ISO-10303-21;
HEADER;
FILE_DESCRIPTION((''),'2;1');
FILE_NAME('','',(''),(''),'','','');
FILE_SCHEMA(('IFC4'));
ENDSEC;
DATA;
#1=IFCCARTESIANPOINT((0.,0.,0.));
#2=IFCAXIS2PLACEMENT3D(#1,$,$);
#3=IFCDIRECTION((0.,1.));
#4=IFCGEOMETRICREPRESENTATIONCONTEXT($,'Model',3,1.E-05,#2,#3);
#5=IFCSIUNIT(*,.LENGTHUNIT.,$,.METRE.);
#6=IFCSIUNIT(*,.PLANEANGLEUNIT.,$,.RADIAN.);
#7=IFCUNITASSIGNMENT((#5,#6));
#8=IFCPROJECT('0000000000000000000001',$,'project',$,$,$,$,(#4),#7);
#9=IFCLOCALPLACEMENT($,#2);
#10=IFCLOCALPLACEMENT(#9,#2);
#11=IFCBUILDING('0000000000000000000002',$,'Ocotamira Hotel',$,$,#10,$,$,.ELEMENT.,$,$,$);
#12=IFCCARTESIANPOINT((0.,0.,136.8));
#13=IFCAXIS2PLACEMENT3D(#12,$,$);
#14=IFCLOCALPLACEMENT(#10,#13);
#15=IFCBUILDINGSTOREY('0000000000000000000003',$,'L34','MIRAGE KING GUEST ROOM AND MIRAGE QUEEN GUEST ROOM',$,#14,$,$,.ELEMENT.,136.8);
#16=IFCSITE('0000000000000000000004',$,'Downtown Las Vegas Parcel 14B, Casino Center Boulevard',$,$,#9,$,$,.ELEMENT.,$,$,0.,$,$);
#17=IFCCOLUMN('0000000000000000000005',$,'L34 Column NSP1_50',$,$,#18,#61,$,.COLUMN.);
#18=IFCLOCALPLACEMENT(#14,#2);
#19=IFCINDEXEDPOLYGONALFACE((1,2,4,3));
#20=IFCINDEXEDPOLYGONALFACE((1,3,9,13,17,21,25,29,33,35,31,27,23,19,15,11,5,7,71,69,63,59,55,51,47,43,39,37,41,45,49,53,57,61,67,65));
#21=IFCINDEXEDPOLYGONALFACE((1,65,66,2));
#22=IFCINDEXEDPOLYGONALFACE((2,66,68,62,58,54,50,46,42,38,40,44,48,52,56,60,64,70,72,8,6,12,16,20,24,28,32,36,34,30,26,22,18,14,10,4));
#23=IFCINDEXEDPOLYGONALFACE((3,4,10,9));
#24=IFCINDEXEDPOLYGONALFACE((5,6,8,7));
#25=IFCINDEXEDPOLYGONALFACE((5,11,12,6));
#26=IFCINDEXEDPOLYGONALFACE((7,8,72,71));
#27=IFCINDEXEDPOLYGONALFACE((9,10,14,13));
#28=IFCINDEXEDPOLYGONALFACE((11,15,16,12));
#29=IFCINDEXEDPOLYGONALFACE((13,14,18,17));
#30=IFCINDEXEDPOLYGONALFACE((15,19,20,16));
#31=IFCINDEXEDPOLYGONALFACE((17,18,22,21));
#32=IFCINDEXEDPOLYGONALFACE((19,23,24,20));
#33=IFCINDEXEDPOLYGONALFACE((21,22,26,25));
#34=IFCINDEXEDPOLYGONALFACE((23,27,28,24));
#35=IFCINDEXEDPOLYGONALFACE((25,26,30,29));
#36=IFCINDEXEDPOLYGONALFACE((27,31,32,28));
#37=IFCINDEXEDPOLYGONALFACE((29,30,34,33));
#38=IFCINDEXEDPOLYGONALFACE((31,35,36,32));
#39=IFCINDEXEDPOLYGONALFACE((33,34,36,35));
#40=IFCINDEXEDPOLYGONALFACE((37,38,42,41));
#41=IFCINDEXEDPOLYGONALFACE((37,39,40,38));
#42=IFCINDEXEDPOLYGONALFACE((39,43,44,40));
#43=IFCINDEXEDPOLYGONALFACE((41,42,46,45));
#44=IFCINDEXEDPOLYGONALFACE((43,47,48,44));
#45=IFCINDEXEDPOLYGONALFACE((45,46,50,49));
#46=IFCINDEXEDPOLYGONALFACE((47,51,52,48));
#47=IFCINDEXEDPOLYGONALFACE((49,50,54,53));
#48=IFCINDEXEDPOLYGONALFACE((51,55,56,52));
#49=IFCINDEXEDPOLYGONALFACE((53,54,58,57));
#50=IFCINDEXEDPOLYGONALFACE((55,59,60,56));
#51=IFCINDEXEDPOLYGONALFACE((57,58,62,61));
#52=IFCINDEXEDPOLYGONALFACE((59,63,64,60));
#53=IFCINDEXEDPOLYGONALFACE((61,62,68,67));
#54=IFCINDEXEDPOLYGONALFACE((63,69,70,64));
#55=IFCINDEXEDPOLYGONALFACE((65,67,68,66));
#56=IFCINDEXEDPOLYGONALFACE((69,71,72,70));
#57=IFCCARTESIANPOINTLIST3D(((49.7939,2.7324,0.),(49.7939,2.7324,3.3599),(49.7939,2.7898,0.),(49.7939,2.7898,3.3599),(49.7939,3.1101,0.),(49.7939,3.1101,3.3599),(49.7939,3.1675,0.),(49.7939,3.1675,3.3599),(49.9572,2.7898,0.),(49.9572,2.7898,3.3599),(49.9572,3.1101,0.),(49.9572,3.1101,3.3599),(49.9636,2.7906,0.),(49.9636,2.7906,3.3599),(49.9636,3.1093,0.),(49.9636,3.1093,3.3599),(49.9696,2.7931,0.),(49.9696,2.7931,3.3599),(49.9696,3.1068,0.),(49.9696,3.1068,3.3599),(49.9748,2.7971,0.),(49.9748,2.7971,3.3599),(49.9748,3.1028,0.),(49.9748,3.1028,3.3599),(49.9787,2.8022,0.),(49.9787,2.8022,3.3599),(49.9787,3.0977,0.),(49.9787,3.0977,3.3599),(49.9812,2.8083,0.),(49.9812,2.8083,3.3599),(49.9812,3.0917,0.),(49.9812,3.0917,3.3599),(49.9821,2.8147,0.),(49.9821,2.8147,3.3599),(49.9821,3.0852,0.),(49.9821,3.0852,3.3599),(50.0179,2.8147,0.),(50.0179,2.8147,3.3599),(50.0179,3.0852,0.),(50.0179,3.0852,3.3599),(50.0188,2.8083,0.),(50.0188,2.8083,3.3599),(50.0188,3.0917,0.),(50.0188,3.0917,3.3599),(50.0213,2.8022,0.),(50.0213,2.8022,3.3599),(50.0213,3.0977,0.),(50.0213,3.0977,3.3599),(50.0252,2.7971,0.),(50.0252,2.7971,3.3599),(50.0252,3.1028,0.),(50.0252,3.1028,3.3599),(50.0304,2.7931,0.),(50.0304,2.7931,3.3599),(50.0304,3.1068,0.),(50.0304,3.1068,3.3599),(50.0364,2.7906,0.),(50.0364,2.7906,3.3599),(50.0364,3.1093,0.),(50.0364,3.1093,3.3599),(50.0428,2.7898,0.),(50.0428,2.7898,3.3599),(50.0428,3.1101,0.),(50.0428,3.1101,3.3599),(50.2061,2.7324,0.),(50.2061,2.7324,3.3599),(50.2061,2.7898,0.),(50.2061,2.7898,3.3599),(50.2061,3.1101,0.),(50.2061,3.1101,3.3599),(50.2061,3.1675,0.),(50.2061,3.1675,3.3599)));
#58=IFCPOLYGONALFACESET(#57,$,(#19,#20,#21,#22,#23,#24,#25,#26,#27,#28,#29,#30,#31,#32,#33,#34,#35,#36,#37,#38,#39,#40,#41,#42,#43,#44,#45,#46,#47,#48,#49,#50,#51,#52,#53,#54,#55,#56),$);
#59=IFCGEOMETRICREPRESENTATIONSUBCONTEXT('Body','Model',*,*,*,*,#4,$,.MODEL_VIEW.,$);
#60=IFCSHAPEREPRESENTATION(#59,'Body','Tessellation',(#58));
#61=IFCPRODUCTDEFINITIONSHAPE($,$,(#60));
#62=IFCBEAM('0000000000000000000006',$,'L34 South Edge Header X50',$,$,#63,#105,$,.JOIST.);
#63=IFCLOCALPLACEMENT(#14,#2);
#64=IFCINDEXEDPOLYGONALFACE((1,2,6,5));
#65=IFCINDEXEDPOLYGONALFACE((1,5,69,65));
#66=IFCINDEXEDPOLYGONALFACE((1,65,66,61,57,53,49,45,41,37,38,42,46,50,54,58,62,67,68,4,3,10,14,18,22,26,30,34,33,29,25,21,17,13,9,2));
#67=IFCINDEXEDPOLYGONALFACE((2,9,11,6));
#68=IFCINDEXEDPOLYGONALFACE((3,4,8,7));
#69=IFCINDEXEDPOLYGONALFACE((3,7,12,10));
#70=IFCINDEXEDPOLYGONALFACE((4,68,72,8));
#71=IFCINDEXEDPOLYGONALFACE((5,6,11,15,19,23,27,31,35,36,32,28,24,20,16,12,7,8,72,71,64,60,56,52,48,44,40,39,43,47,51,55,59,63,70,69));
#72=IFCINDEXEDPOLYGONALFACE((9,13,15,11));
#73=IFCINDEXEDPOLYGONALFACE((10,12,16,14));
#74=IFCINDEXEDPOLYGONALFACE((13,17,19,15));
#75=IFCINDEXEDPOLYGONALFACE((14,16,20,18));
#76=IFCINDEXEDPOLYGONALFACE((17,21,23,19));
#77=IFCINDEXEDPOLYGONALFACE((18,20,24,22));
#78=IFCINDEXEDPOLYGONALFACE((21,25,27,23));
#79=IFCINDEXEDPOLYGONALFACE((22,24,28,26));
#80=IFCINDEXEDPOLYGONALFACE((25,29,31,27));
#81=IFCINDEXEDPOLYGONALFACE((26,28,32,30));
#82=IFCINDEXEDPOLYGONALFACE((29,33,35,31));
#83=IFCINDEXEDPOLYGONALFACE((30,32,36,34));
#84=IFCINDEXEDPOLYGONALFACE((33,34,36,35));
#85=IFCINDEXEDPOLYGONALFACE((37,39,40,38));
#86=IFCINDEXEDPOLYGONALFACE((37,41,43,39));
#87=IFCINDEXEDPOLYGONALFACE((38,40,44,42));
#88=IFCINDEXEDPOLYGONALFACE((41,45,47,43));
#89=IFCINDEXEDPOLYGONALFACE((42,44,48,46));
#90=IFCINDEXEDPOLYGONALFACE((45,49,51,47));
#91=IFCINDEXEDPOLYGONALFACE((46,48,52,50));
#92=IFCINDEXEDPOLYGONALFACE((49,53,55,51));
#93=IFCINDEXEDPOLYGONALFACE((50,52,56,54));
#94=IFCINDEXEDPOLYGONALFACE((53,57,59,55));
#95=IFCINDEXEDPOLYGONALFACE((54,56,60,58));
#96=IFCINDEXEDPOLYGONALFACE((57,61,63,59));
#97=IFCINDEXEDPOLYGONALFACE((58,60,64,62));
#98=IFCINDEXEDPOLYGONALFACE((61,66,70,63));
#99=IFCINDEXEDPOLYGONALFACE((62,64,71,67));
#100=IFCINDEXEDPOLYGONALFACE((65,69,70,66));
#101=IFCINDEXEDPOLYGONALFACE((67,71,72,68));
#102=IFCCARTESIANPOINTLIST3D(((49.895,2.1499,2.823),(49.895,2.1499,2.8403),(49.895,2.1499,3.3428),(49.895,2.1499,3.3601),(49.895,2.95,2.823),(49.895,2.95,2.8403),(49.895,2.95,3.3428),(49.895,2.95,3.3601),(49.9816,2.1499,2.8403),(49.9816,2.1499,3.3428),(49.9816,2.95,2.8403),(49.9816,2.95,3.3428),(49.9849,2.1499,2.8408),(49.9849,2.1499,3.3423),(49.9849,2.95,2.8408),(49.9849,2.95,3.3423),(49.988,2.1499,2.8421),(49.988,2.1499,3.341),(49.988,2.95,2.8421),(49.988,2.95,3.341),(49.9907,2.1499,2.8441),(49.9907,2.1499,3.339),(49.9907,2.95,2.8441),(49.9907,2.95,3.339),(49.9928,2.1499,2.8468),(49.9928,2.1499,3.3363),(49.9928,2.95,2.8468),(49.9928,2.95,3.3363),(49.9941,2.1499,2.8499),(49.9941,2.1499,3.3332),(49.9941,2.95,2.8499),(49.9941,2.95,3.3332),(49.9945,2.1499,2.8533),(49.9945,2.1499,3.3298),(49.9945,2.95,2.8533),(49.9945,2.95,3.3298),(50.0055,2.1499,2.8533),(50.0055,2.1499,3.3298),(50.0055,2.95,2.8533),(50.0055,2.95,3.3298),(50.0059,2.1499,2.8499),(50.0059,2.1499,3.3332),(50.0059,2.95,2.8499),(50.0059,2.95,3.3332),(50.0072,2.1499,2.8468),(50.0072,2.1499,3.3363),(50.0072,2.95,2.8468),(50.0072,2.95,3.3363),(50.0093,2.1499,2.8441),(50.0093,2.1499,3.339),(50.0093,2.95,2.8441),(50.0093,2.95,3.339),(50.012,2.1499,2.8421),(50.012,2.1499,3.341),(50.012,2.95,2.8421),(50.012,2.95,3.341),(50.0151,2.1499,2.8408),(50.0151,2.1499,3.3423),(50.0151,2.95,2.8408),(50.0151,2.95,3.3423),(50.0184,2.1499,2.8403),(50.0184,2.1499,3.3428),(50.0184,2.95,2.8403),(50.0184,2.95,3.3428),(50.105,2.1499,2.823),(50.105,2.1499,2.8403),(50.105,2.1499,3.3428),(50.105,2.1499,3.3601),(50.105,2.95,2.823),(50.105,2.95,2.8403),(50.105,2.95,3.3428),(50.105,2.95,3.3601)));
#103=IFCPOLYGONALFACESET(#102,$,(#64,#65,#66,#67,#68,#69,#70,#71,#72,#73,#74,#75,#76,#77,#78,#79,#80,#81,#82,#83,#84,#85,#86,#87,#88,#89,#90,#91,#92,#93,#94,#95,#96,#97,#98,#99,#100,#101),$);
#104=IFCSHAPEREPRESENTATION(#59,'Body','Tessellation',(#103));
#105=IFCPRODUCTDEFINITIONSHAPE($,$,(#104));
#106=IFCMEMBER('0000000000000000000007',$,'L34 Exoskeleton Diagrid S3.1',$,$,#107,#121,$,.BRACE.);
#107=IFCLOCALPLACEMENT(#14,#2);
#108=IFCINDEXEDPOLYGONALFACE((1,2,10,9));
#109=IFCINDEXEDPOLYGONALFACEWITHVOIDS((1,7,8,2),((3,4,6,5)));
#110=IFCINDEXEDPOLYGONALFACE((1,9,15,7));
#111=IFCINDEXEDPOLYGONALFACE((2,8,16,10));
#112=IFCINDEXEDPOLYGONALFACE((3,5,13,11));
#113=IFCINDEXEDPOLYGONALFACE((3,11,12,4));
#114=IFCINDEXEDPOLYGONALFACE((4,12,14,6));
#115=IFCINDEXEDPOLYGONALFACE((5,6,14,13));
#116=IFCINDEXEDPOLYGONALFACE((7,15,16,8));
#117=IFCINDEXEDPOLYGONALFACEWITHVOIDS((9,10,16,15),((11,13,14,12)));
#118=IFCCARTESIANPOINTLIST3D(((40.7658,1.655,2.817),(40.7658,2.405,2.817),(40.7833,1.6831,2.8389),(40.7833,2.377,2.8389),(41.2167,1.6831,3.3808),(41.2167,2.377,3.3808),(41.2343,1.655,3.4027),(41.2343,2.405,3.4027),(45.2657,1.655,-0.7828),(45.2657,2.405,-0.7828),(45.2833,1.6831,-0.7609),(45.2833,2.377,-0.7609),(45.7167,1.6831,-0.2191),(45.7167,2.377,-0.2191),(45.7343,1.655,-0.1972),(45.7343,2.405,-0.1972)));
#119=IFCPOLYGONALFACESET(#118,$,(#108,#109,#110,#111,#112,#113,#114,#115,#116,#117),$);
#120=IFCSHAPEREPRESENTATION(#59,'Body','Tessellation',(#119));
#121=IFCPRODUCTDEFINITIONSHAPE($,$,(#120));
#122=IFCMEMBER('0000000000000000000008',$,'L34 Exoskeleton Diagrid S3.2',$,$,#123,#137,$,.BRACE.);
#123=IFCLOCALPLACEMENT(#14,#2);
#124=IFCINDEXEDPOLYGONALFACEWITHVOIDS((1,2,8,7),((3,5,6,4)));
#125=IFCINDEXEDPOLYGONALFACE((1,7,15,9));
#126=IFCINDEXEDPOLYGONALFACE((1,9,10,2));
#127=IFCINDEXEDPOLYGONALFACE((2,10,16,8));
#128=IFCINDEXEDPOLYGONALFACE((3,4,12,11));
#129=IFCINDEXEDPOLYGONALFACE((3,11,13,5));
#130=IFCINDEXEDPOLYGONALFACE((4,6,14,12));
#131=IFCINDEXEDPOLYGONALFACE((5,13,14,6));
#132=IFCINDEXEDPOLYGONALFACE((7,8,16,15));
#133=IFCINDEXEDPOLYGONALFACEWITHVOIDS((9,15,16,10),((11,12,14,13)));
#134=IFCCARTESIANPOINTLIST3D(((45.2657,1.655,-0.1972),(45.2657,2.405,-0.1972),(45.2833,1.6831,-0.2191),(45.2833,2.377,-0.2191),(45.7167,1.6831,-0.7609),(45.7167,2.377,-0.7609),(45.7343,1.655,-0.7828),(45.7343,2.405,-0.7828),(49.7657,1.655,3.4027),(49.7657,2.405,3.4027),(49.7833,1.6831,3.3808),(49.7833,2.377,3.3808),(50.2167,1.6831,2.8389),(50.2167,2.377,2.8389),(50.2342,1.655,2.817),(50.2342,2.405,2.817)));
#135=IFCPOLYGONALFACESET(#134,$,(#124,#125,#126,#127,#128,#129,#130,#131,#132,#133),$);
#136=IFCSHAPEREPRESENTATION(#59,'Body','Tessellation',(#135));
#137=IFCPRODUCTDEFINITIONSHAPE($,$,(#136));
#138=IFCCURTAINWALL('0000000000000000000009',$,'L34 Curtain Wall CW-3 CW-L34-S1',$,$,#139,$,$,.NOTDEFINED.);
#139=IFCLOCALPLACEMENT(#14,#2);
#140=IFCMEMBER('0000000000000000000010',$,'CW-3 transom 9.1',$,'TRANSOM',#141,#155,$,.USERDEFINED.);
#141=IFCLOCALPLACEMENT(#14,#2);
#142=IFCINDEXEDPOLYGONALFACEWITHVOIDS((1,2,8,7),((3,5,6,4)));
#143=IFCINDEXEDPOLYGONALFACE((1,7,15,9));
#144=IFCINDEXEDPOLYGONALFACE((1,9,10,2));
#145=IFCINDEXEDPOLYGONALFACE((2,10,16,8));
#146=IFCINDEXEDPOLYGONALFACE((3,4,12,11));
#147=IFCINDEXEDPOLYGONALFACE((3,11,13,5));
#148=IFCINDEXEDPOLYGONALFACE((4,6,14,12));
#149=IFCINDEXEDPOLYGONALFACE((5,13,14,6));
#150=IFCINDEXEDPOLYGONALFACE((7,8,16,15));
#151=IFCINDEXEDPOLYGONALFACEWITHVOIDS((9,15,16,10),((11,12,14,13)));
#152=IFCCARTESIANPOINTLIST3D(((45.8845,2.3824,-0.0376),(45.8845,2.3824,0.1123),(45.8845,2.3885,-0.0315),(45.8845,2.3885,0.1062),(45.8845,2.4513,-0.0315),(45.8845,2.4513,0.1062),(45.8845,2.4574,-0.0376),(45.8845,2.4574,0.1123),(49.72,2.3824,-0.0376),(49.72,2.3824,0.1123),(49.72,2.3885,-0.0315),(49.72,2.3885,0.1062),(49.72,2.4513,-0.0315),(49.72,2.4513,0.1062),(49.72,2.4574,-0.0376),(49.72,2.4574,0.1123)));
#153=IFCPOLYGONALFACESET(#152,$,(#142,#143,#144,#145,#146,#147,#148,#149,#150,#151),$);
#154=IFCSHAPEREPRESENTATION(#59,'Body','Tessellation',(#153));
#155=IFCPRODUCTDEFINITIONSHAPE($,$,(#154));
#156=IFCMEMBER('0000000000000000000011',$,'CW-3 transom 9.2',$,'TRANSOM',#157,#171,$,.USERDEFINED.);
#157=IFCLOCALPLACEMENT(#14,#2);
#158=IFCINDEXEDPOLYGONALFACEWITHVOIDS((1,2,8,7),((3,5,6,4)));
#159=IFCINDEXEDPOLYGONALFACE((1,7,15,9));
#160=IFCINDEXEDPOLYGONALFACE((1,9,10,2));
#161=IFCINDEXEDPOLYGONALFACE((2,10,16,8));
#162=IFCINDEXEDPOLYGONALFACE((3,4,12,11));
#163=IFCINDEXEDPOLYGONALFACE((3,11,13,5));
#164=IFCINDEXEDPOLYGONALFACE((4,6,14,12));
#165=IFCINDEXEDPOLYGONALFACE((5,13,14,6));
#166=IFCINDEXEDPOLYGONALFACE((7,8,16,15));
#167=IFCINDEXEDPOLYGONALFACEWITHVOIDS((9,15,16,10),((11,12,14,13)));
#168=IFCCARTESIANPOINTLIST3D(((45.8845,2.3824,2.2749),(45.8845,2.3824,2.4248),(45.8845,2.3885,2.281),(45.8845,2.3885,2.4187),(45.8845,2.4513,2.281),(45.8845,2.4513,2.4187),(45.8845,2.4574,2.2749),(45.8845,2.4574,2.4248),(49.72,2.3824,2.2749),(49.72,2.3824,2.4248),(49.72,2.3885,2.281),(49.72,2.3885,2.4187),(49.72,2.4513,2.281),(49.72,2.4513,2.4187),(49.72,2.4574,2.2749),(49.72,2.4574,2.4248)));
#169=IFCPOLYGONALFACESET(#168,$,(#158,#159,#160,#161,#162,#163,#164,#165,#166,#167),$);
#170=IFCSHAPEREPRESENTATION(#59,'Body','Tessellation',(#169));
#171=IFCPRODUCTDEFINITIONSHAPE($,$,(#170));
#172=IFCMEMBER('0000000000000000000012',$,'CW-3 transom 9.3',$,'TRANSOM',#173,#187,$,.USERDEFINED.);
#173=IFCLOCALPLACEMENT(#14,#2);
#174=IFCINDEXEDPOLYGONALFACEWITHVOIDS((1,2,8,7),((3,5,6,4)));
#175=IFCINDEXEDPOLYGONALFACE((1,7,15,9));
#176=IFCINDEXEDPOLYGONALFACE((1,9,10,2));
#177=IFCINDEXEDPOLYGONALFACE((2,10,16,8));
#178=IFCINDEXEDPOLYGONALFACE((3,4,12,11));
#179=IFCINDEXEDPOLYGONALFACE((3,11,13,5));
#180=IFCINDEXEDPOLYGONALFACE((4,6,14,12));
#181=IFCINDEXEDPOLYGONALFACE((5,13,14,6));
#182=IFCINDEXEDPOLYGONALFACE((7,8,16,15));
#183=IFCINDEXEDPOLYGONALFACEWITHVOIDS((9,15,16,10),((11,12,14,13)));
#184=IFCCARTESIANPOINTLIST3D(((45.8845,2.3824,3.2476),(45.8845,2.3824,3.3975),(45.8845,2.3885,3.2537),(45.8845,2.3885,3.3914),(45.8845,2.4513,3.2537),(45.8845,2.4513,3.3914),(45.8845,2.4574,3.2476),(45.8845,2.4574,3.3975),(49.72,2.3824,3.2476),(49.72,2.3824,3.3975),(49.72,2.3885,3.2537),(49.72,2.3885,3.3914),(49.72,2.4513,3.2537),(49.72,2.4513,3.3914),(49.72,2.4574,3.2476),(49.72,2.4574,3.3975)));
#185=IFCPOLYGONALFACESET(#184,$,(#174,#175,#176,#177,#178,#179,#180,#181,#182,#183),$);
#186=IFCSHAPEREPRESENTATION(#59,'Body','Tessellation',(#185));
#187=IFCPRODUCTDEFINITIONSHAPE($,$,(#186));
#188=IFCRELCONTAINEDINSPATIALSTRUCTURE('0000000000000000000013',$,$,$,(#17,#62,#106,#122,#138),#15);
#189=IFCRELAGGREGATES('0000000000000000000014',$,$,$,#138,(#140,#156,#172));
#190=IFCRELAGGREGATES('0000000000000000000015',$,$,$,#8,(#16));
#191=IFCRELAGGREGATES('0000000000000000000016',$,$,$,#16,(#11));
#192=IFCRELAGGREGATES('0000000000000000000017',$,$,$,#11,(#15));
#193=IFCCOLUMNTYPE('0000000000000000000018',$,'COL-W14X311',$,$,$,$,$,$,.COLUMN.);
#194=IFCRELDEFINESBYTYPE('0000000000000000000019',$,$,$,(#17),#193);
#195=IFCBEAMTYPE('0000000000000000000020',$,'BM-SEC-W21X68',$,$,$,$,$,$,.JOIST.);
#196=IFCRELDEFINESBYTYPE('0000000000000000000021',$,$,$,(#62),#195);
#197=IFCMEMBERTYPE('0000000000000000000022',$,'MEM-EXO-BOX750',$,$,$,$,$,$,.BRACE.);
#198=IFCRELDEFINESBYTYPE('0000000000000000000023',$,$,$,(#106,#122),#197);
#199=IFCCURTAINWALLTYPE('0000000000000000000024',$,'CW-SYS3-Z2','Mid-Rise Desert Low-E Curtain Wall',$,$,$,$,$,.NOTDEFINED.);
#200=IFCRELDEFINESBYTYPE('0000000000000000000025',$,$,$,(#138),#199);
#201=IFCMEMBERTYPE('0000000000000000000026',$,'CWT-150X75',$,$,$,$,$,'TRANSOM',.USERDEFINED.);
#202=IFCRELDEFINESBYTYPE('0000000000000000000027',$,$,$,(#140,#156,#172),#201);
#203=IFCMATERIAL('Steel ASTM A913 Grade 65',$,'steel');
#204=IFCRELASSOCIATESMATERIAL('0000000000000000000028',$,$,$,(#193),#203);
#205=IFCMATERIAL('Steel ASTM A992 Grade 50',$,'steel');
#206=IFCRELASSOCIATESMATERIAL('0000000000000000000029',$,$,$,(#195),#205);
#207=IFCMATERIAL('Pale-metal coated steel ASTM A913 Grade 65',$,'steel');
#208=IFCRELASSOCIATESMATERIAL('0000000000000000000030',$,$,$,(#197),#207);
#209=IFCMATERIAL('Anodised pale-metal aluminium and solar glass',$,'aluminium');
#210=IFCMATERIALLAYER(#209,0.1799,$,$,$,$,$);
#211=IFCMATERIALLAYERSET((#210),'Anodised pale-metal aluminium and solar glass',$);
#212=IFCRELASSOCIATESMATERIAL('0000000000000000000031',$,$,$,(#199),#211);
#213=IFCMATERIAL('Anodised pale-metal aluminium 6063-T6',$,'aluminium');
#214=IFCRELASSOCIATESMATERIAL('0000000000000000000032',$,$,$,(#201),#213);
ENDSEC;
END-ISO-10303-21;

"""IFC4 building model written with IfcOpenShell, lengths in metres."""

from ifc_helpers import new_model, si_unit, direction, frame, origin, origin_2d, place, context, subcontext, project, spatial, hollow_rectangle, i_section, extrude, source, transform, mapped, material, layer, layer_set, material_profile, profile_set, type_object, element, aggregate, save


model = new_model("IFC4")

# Units and contexts
model_context = context("Model", 3, precision=1e-05, world=origin(), true_north=direction((0.0, 1.0)))
body_context = subcontext(model_context, "Body", "Model", "MODEL_VIEW")
ifc_project = project(units=[si_unit("LENGTHUNIT", "METRE"), si_unit("PLANEANGLEUNIT", "RADIAN")], contexts=[model_context])

# Site, building, storey
site_placement = place(None, origin())
site = spatial("IfcSite", under=ifc_project, at=site_placement, Name="Downtown Las Vegas Parcel 14B, Casino Center Boulevard", CompositionType="ELEMENT", RefElevation=0.0)
building_placement = place(site_placement, origin())
building = spatial("IfcBuilding", under=site, at=building_placement, Name="Ocotamira Hotel", CompositionType="ELEMENT")
storey_placement = place(building_placement, frame((0.0, 0.0, 136.8)))
storey = spatial("IfcBuildingStorey", under=building, at=storey_placement, Name="L34", Description="MIRAGE KING GUEST ROOM AND MIRAGE QUEEN GUEST ROOM", CompositionType="ELEMENT", Elevation=136.8)

# Column
ifc_material_1 = material(Name="Steel ASTM A913 Grade 65", Category="steel")
ifc_material_profile_1 = material_profile(ifc_material_1, i_section(OverallWidth=0.4121, OverallDepth=0.4351, WebThickness=0.0359, FlangeThickness=0.0574, FilletRadius=0.0249, at=origin_2d()), Name="W14X311")
ifc_profile_set_1 = profile_set([ifc_material_profile_1], Name="Steel ASTM A913 Grade 65")
column_type = type_object("IfcColumnType", Name="COL-W14X311", PredefinedType="COLUMN", material=ifc_profile_set_1)
shared_shape_1 = source(origin(), body_context, "Body", "SweptSolid", [
    extrude(i_section(OverallWidth=0.4121, OverallDepth=0.4351, WebThickness=0.0359, FlangeThickness=0.0574, FilletRadius=0.0249, at=origin_2d()), origin(), (0.0, 0.0, 1.0), 3.3599),
])
column_placement = place(storey_placement, frame((50.0, 2.95, 0.0), z_axis=(0.0, 0.0, 1.0), x_axis=(1.0, 0.0, 0.0)))
element("IfcColumn", 1, at=column_placement, inside=storey, type_object=column_type, Name="L34 Column NSP1_50", PredefinedType="COLUMN", context=body_context, shape_type="MappedRepresentation", body=[
    mapped(shared_shape_1, transform((0.0, 0.0, 0.0), scale=1.0)),
])

# Beam
ifc_material_2 = material(Name="Steel ASTM A992 Grade 50", Category="steel")
ifc_material_profile_2 = material_profile(ifc_material_2, i_section(OverallWidth=0.21, OverallDepth=0.5371, WebThickness=0.011, FlangeThickness=0.0173, FilletRadius=0.0129, at=origin_2d()), Name="W21X68")
ifc_profile_set_2 = profile_set([ifc_material_profile_2], Name="Steel ASTM A992 Grade 50")
beam_type = type_object("IfcBeamType", Name="BM-SEC-W21X68", PredefinedType="JOIST", material=ifc_profile_set_2)
shared_shape_2 = source(origin(), body_context, "Body", "SweptSolid", [
    extrude(i_section(OverallWidth=0.21, OverallDepth=0.5371, WebThickness=0.011, FlangeThickness=0.0173, FilletRadius=0.0129, at=origin_2d()), origin(), (0.0, 0.0, 1.0), 0.8),
])
beam_placement = place(storey_placement, frame((50.0, 2.95, 3.0916), z_axis=(0.0, -1.0, 0.0), x_axis=(1.0, 0.0, 0.0)))
element("IfcBeam", 2, at=beam_placement, inside=storey, type_object=beam_type, Name="L34 South Edge Header X50", PredefinedType="JOIST", context=body_context, shape_type="MappedRepresentation", body=[
    mapped(shared_shape_2, transform((0.0, 0.0, 0.0), scale=1.0)),
])

# Members
ifc_material_3 = material(Name="Pale-metal coated steel ASTM A913 Grade 65", Category="steel")
ifc_material_profile_3 = material_profile(ifc_material_3, hollow_rectangle(XDim=0.75, YDim=0.75, WallThickness=0.0281, at=origin_2d()), Name="BOX750X750X28")
ifc_profile_set_3 = profile_set([ifc_material_profile_3], Name="Pale-metal coated steel ASTM A913 Grade 65")
member_type_1 = type_object("IfcMemberType", Name="MEM-EXO-BOX750", PredefinedType="BRACE", material=ifc_profile_set_3)
shared_shape_3 = source(origin(), body_context, "Body", "SweptSolid", [
    extrude(hollow_rectangle(XDim=0.75, YDim=0.75, WallThickness=0.0281, at=origin_2d()), origin(), (0.0, 0.0, 1.0), 5.7627),
])
for number, where, z_axis, x_axis, name in (
    (3, (45.5, 2.03, -0.49), (-0.780881, 0.0, 0.62468), (0.0, -1.0, 0.0), "L34 Exoskeleton Diagrid S3.1"),
    (4, (45.5, 2.03, -0.49), (0.780881, 0.0, 0.62468), (0.0, 1.0, 0.0), "L34 Exoskeleton Diagrid S3.2"),
):
    element("IfcMember", number, at=place(storey_placement, frame(where, z_axis=z_axis, x_axis=x_axis)), inside=storey, type_object=member_type_1, Name=name, PredefinedType="BRACE", context=body_context, shape_type="MappedRepresentation", body=[
        mapped(shared_shape_3, transform((0.0, 0.0, 0.0), scale=1.0)),
    ])

# Curtain wall, members
ifc_material_4 = material(Name="Anodised pale-metal aluminium and solar glass", Category="aluminium")
ifc_layer_1 = layer(ifc_material_4, 0.1799)
ifc_layer_set_1 = layer_set([ifc_layer_1], Name="Anodised pale-metal aluminium and solar glass")
curtain_wall_type = type_object("IfcCurtainWallType", Name="CW-SYS3-Z2", Description="Mid-Rise Desert Low-E Curtain Wall", PredefinedType="NOTDEFINED", material=ifc_layer_set_1)
curtain_wall_placement = place(storey_placement, origin())
curtain_wall = element("IfcCurtainWall", 5, at=curtain_wall_placement, inside=storey, type_object=curtain_wall_type, Name="L34 Curtain Wall CW-3 CW-L34-S1", PredefinedType="NOTDEFINED")
ifc_material_5 = material(Name="Anodised pale-metal aluminium 6063-T6", Category="aluminium")
ifc_material_profile_4 = material_profile(ifc_material_5, hollow_rectangle(XDim=0.075, YDim=0.1499, WallThickness=0.0061, at=origin_2d()), Name="HSS150X75X6")
ifc_profile_set_4 = profile_set([ifc_material_profile_4], Name="Anodised pale-metal aluminium 6063-T6")
member_type_2 = type_object("IfcMemberType", Name="CWT-150X75", ElementType="TRANSOM", PredefinedType="USERDEFINED", material=ifc_profile_set_4)
shared_shape_4 = source(origin(), body_context, "Body", "SweptSolid", [
    extrude(hollow_rectangle(XDim=0.075, YDim=0.1499, WallThickness=0.0061, at=origin_2d()), origin(), (0.0, 0.0, 1.0), 3.8354),
])
member_1_placement = place(storey_placement, frame((45.8845, 2.4199, 0.0374), z_axis=(1.0, 0.0, 0.0), x_axis=(0.0, 1.0, 0.0)))
member_1 = element("IfcMember", 6, at=member_1_placement, type_object=member_type_2, Name="CW-3 transom 9.1", ObjectType="TRANSOM", PredefinedType="USERDEFINED", context=body_context, shape_type="MappedRepresentation", body=[
    mapped(shared_shape_4, transform((0.0, 0.0, 0.0), scale=1.0)),
])
member_2_placement = place(storey_placement, frame((45.8845, 2.4199, 2.3499), z_axis=(1.0, 0.0, 0.0), x_axis=(0.0, 1.0, 0.0)))
member_2 = element("IfcMember", 7, at=member_2_placement, type_object=member_type_2, Name="CW-3 transom 9.2", ObjectType="TRANSOM", PredefinedType="USERDEFINED", context=body_context, shape_type="MappedRepresentation", body=[
    mapped(shared_shape_4, transform((0.0, 0.0, 0.0), scale=1.0)),
])
member_3_placement = place(storey_placement, frame((45.8845, 2.4199, 3.3225), z_axis=(1.0, 0.0, 0.0), x_axis=(0.0, 1.0, 0.0)))
member_3 = element("IfcMember", 8, at=member_3_placement, type_object=member_type_2, Name="CW-3 transom 9.3", ObjectType="TRANSOM", PredefinedType="USERDEFINED", context=body_context, shape_type="MappedRepresentation", body=[
    mapped(shared_shape_4, transform((0.0, 0.0, 0.0), scale=1.0)),
])

aggregate(curtain_wall, [member_1, member_2, member_3])

save(model, "model.ifc")
